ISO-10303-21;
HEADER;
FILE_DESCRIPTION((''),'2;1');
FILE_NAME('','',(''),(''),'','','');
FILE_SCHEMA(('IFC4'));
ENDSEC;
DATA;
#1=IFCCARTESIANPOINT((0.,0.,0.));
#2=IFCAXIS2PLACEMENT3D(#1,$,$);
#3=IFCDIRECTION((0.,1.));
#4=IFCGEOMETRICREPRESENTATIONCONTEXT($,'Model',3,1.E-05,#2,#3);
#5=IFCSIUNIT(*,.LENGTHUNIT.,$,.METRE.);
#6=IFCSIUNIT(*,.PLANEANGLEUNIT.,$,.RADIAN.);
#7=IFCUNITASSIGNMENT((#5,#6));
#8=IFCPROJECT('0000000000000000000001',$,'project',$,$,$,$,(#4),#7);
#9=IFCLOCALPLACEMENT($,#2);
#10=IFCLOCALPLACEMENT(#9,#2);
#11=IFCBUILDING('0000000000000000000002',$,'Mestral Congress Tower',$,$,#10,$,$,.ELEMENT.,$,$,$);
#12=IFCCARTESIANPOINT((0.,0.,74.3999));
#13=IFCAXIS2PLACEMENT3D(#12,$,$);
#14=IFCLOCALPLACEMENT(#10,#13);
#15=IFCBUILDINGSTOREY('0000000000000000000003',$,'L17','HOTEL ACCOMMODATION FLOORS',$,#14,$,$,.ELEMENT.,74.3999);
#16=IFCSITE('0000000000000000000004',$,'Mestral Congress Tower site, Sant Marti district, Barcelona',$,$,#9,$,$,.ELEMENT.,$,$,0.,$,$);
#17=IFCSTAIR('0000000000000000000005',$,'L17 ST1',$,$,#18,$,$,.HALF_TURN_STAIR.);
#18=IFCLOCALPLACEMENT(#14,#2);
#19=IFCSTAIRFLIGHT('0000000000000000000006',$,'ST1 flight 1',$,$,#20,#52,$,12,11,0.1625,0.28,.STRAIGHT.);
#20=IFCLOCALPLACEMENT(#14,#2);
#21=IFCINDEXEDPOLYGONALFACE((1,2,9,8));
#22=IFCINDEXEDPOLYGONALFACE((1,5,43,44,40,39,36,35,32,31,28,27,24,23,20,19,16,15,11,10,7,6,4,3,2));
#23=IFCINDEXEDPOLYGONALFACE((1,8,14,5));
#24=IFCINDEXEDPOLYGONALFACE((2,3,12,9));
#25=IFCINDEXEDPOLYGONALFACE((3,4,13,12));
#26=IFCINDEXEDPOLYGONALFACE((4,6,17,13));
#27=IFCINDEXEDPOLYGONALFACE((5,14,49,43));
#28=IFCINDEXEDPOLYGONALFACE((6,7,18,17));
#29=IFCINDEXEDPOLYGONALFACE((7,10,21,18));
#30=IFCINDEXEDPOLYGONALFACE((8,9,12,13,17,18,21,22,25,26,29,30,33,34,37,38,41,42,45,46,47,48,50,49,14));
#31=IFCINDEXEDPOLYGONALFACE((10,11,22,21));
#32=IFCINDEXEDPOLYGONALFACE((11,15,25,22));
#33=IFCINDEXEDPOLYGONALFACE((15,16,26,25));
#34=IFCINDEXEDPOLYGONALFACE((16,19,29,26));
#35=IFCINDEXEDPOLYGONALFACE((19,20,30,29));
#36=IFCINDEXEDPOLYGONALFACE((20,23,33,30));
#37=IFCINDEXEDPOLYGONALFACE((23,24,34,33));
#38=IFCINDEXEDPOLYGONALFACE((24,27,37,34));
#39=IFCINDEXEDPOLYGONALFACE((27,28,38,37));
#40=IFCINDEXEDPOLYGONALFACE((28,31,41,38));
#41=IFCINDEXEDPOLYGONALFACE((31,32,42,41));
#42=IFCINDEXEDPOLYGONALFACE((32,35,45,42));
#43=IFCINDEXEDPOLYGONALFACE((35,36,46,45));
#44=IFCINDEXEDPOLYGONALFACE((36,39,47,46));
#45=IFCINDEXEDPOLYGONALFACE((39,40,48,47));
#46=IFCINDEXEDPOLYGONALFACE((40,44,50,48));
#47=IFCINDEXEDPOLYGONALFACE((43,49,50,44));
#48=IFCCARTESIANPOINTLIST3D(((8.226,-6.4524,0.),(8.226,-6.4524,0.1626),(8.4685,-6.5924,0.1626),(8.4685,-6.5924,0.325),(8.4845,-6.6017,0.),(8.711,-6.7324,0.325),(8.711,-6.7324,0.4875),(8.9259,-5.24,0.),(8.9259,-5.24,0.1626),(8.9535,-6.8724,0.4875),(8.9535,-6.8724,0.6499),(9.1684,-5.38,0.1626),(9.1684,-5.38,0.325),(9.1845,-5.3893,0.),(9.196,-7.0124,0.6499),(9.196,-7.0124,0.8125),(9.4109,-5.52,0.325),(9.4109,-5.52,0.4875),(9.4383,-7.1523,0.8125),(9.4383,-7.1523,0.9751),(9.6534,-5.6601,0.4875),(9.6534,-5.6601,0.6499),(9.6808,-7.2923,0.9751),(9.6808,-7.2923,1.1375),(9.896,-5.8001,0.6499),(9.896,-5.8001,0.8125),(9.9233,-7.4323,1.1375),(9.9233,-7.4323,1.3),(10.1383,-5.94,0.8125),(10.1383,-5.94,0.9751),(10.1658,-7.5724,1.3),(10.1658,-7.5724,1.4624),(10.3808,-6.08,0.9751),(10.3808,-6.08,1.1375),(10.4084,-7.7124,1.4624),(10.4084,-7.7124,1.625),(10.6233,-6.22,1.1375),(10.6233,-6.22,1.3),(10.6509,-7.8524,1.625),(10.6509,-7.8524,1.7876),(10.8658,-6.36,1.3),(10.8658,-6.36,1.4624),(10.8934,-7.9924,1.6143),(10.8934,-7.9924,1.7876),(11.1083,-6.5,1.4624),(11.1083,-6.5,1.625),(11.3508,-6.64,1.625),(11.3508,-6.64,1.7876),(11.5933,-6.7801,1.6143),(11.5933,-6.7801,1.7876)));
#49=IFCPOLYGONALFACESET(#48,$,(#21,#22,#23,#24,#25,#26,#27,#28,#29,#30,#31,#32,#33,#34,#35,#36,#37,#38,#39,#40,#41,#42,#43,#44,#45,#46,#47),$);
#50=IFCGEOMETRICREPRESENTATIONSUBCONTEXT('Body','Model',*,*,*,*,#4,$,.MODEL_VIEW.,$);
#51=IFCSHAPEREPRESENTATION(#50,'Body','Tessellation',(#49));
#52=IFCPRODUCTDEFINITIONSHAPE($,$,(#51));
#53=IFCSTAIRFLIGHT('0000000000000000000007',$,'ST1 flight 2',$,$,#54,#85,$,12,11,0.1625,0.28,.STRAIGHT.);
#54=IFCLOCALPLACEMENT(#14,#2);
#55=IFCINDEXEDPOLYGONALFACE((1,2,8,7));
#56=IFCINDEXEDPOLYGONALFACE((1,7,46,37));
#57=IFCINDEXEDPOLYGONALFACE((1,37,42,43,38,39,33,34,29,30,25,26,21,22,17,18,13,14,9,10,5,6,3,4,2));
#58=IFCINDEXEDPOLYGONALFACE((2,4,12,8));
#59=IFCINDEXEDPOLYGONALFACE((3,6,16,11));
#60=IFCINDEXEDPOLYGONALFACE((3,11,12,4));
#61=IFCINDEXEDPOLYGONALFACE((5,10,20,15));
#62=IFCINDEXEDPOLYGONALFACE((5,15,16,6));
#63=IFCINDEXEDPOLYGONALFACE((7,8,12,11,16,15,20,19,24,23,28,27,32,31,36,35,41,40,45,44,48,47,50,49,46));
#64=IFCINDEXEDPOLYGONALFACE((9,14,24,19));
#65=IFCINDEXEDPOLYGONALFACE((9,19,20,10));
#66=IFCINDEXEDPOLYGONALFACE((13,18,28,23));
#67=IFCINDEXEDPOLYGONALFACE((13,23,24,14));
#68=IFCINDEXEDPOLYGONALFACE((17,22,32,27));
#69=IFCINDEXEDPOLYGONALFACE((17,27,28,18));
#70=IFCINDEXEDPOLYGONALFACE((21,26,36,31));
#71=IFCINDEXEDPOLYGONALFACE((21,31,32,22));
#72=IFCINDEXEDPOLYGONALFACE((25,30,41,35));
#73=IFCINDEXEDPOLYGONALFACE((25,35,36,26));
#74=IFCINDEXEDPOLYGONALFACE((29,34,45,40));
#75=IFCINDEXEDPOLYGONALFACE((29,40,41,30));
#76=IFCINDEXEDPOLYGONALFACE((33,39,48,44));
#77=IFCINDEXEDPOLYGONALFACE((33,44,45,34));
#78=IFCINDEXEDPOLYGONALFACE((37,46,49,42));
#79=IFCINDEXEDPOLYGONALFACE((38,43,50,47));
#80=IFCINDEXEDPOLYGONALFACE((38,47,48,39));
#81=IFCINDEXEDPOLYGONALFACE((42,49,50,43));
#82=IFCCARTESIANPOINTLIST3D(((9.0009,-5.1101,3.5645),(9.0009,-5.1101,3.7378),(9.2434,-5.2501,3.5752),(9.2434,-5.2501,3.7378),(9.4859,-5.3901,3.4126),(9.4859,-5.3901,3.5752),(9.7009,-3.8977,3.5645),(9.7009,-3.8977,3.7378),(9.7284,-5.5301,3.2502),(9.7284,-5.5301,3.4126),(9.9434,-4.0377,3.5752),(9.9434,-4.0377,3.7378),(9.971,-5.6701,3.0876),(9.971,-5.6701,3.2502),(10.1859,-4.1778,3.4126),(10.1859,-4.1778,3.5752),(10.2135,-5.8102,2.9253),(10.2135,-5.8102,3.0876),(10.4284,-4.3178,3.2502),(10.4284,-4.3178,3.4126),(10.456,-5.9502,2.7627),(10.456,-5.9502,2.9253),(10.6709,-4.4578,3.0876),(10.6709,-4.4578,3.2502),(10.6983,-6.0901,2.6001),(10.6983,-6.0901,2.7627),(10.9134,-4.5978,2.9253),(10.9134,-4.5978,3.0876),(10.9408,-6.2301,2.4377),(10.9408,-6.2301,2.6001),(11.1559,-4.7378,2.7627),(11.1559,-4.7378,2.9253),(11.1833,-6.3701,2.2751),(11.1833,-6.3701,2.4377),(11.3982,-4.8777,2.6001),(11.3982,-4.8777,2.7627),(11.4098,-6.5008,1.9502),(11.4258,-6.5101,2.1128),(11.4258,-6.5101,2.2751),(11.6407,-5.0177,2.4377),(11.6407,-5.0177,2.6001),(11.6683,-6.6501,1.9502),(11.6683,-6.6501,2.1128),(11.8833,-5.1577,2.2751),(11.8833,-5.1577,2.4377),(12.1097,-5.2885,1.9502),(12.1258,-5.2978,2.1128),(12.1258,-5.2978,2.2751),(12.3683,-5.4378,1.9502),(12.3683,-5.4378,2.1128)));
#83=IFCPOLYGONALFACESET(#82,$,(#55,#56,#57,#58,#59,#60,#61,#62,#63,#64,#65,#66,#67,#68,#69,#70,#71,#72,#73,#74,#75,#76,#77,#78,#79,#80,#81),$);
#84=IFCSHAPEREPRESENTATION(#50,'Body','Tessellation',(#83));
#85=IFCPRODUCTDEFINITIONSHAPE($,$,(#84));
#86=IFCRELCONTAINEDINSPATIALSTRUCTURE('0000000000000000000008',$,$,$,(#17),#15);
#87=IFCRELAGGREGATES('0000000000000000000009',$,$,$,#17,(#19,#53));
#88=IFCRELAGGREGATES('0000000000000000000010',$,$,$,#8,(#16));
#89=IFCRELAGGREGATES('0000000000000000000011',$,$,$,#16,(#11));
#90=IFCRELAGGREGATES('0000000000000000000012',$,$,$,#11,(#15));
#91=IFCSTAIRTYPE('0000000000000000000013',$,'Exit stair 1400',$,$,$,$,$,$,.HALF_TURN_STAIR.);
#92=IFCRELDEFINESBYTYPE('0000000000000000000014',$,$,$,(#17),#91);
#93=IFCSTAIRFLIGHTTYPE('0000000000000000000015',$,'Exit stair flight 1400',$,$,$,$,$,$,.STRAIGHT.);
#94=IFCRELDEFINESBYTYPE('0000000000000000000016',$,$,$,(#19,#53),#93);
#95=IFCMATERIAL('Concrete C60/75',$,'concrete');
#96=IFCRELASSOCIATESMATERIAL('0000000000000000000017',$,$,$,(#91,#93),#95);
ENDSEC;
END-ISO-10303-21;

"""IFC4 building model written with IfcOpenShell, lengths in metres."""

from ifc_helpers import new_model, si_unit, direction, frame, origin, place, context, subcontext, project, spatial, polyline, outline, extrude, material, type_object, element, aggregate, save


model = new_model("IFC4")

# Units and contexts
model_context = context("Model", 3, precision=1e-05, world=origin(), true_north=direction((0.0, 1.0)))
body_context = subcontext(model_context, "Body", "Model", "MODEL_VIEW")
ifc_project = project(units=[si_unit("LENGTHUNIT", "METRE"), si_unit("PLANEANGLEUNIT", "RADIAN")], contexts=[model_context])

# Site, building, storey
site_placement = place(None, origin())
site = spatial("IfcSite", under=ifc_project, at=site_placement, Name="Mestral Congress Tower site, Sant Marti district, Barcelona", CompositionType="ELEMENT", RefElevation=0.0)
building_placement = place(site_placement, origin())
building = spatial("IfcBuilding", under=site, at=building_placement, Name="Mestral Congress Tower", CompositionType="ELEMENT")
storey_placement = place(building_placement, frame((0.0, 0.0, 74.3999)))
storey = spatial("IfcBuildingStorey", under=building, at=storey_placement, Name="L17", Description="HOTEL ACCOMMODATION FLOORS", CompositionType="ELEMENT", Elevation=74.3999)

# Shared definitions
ifc_material_1 = material(Name="Concrete C60/75", Category="concrete")

# Stair, stair flights
stair_type = type_object("IfcStairType", Name="Exit stair 1400", PredefinedType="HALF_TURN_STAIR", material=ifc_material_1)
stair_placement = place(storey_placement, origin())
stair = element("IfcStair", 1, at=stair_placement, inside=storey, type_object=stair_type, Name="L17 ST1", PredefinedType="HALF_TURN_STAIR")
stair_flight_type = type_object("IfcStairFlightType", Name="Exit stair flight 1400", PredefinedType="STRAIGHT", material=ifc_material_1)
stair_flight_1_placement = place(storey_placement, frame((8.5759, -5.8462, 0.0), z_axis=(0.0, 0.0, 1.0), x_axis=(0.866025, -0.5, 0.0)))
stair_flight_1 = element("IfcStairFlight", 2, at=stair_flight_1_placement, type_object=stair_flight_type, Name="ST1 flight 1", NumberOfRisers=12, NumberOfTreads=11, PredefinedType="STRAIGHT", RiserHeight=0.1625, TreadLength=0.28, context=body_context, shape_type="SweptSolid", body=[
    extrude(outline(polyline([(0.0, 0.0), (0.0, 0.1626), (0.28, 0.1626), (0.28, 0.325), (0.5601, 0.325), (0.5601, 0.4875), (0.8401, 0.4875), (0.8401, 0.6499), (1.1201, 0.6499), (1.1201, 0.8125), (1.3999, 0.8125), (1.3999, 0.9751), (1.6799, 0.9751), (1.6799, 1.1375), (1.96, 1.1375), (1.96, 1.3), (2.24, 1.3), (2.24, 1.4624), (2.52, 1.4624), (2.52, 1.625), (2.8, 1.625), (2.8, 1.7876), (3.0801, 1.7876), (3.0801, 1.95), (3.0801, 1.6143), (0.2986, 0.0), (0.0, 0.0)])), frame((0.0, 0.7, 0.0), z_axis=(0.0, -1.0, 0.0), x_axis=(1.0, 0.0, 0.0)), (0.0, 0.0, 1.0), 1.3999),
])
stair_flight_2_placement = place(storey_placement, frame((12.0183, -6.0439, 1.9502), z_axis=(0.0, 0.0, 1.0), x_axis=(-0.866025, 0.5, 0.0)))
stair_flight_2 = element("IfcStairFlight", 3, at=stair_flight_2_placement, type_object=stair_flight_type, Name="ST1 flight 2", NumberOfRisers=12, NumberOfTreads=11, PredefinedType="STRAIGHT", RiserHeight=0.1625, TreadLength=0.28, context=body_context, shape_type="SweptSolid", body=[
    extrude(outline(polyline([(0.0, 0.0), (0.0, 0.1626), (0.28, 0.1626), (0.28, 0.325), (0.5601, 0.325), (0.5601, 0.4875), (0.8401, 0.4875), (0.8401, 0.6499), (1.1201, 0.6499), (1.1201, 0.8125), (1.3999, 0.8125), (1.3999, 0.9751), (1.6799, 0.9751), (1.6799, 1.1375), (1.96, 1.1375), (1.96, 1.3), (2.24, 1.3), (2.24, 1.4624), (2.52, 1.4624), (2.52, 1.625), (2.8, 1.625), (2.8, 1.7876), (3.0801, 1.7876), (3.0801, 1.95), (3.0801, 1.6143), (0.2986, 0.0), (0.0, 0.0)])), frame((0.0, 0.7, 0.0), z_axis=(0.0, -1.0, 0.0), x_axis=(1.0, 0.0, 0.0)), (0.0, 0.0, 1.0), 1.3999),
])
aggregate(stair, [stair_flight_1, stair_flight_2])

save(model, "model.ifc")
